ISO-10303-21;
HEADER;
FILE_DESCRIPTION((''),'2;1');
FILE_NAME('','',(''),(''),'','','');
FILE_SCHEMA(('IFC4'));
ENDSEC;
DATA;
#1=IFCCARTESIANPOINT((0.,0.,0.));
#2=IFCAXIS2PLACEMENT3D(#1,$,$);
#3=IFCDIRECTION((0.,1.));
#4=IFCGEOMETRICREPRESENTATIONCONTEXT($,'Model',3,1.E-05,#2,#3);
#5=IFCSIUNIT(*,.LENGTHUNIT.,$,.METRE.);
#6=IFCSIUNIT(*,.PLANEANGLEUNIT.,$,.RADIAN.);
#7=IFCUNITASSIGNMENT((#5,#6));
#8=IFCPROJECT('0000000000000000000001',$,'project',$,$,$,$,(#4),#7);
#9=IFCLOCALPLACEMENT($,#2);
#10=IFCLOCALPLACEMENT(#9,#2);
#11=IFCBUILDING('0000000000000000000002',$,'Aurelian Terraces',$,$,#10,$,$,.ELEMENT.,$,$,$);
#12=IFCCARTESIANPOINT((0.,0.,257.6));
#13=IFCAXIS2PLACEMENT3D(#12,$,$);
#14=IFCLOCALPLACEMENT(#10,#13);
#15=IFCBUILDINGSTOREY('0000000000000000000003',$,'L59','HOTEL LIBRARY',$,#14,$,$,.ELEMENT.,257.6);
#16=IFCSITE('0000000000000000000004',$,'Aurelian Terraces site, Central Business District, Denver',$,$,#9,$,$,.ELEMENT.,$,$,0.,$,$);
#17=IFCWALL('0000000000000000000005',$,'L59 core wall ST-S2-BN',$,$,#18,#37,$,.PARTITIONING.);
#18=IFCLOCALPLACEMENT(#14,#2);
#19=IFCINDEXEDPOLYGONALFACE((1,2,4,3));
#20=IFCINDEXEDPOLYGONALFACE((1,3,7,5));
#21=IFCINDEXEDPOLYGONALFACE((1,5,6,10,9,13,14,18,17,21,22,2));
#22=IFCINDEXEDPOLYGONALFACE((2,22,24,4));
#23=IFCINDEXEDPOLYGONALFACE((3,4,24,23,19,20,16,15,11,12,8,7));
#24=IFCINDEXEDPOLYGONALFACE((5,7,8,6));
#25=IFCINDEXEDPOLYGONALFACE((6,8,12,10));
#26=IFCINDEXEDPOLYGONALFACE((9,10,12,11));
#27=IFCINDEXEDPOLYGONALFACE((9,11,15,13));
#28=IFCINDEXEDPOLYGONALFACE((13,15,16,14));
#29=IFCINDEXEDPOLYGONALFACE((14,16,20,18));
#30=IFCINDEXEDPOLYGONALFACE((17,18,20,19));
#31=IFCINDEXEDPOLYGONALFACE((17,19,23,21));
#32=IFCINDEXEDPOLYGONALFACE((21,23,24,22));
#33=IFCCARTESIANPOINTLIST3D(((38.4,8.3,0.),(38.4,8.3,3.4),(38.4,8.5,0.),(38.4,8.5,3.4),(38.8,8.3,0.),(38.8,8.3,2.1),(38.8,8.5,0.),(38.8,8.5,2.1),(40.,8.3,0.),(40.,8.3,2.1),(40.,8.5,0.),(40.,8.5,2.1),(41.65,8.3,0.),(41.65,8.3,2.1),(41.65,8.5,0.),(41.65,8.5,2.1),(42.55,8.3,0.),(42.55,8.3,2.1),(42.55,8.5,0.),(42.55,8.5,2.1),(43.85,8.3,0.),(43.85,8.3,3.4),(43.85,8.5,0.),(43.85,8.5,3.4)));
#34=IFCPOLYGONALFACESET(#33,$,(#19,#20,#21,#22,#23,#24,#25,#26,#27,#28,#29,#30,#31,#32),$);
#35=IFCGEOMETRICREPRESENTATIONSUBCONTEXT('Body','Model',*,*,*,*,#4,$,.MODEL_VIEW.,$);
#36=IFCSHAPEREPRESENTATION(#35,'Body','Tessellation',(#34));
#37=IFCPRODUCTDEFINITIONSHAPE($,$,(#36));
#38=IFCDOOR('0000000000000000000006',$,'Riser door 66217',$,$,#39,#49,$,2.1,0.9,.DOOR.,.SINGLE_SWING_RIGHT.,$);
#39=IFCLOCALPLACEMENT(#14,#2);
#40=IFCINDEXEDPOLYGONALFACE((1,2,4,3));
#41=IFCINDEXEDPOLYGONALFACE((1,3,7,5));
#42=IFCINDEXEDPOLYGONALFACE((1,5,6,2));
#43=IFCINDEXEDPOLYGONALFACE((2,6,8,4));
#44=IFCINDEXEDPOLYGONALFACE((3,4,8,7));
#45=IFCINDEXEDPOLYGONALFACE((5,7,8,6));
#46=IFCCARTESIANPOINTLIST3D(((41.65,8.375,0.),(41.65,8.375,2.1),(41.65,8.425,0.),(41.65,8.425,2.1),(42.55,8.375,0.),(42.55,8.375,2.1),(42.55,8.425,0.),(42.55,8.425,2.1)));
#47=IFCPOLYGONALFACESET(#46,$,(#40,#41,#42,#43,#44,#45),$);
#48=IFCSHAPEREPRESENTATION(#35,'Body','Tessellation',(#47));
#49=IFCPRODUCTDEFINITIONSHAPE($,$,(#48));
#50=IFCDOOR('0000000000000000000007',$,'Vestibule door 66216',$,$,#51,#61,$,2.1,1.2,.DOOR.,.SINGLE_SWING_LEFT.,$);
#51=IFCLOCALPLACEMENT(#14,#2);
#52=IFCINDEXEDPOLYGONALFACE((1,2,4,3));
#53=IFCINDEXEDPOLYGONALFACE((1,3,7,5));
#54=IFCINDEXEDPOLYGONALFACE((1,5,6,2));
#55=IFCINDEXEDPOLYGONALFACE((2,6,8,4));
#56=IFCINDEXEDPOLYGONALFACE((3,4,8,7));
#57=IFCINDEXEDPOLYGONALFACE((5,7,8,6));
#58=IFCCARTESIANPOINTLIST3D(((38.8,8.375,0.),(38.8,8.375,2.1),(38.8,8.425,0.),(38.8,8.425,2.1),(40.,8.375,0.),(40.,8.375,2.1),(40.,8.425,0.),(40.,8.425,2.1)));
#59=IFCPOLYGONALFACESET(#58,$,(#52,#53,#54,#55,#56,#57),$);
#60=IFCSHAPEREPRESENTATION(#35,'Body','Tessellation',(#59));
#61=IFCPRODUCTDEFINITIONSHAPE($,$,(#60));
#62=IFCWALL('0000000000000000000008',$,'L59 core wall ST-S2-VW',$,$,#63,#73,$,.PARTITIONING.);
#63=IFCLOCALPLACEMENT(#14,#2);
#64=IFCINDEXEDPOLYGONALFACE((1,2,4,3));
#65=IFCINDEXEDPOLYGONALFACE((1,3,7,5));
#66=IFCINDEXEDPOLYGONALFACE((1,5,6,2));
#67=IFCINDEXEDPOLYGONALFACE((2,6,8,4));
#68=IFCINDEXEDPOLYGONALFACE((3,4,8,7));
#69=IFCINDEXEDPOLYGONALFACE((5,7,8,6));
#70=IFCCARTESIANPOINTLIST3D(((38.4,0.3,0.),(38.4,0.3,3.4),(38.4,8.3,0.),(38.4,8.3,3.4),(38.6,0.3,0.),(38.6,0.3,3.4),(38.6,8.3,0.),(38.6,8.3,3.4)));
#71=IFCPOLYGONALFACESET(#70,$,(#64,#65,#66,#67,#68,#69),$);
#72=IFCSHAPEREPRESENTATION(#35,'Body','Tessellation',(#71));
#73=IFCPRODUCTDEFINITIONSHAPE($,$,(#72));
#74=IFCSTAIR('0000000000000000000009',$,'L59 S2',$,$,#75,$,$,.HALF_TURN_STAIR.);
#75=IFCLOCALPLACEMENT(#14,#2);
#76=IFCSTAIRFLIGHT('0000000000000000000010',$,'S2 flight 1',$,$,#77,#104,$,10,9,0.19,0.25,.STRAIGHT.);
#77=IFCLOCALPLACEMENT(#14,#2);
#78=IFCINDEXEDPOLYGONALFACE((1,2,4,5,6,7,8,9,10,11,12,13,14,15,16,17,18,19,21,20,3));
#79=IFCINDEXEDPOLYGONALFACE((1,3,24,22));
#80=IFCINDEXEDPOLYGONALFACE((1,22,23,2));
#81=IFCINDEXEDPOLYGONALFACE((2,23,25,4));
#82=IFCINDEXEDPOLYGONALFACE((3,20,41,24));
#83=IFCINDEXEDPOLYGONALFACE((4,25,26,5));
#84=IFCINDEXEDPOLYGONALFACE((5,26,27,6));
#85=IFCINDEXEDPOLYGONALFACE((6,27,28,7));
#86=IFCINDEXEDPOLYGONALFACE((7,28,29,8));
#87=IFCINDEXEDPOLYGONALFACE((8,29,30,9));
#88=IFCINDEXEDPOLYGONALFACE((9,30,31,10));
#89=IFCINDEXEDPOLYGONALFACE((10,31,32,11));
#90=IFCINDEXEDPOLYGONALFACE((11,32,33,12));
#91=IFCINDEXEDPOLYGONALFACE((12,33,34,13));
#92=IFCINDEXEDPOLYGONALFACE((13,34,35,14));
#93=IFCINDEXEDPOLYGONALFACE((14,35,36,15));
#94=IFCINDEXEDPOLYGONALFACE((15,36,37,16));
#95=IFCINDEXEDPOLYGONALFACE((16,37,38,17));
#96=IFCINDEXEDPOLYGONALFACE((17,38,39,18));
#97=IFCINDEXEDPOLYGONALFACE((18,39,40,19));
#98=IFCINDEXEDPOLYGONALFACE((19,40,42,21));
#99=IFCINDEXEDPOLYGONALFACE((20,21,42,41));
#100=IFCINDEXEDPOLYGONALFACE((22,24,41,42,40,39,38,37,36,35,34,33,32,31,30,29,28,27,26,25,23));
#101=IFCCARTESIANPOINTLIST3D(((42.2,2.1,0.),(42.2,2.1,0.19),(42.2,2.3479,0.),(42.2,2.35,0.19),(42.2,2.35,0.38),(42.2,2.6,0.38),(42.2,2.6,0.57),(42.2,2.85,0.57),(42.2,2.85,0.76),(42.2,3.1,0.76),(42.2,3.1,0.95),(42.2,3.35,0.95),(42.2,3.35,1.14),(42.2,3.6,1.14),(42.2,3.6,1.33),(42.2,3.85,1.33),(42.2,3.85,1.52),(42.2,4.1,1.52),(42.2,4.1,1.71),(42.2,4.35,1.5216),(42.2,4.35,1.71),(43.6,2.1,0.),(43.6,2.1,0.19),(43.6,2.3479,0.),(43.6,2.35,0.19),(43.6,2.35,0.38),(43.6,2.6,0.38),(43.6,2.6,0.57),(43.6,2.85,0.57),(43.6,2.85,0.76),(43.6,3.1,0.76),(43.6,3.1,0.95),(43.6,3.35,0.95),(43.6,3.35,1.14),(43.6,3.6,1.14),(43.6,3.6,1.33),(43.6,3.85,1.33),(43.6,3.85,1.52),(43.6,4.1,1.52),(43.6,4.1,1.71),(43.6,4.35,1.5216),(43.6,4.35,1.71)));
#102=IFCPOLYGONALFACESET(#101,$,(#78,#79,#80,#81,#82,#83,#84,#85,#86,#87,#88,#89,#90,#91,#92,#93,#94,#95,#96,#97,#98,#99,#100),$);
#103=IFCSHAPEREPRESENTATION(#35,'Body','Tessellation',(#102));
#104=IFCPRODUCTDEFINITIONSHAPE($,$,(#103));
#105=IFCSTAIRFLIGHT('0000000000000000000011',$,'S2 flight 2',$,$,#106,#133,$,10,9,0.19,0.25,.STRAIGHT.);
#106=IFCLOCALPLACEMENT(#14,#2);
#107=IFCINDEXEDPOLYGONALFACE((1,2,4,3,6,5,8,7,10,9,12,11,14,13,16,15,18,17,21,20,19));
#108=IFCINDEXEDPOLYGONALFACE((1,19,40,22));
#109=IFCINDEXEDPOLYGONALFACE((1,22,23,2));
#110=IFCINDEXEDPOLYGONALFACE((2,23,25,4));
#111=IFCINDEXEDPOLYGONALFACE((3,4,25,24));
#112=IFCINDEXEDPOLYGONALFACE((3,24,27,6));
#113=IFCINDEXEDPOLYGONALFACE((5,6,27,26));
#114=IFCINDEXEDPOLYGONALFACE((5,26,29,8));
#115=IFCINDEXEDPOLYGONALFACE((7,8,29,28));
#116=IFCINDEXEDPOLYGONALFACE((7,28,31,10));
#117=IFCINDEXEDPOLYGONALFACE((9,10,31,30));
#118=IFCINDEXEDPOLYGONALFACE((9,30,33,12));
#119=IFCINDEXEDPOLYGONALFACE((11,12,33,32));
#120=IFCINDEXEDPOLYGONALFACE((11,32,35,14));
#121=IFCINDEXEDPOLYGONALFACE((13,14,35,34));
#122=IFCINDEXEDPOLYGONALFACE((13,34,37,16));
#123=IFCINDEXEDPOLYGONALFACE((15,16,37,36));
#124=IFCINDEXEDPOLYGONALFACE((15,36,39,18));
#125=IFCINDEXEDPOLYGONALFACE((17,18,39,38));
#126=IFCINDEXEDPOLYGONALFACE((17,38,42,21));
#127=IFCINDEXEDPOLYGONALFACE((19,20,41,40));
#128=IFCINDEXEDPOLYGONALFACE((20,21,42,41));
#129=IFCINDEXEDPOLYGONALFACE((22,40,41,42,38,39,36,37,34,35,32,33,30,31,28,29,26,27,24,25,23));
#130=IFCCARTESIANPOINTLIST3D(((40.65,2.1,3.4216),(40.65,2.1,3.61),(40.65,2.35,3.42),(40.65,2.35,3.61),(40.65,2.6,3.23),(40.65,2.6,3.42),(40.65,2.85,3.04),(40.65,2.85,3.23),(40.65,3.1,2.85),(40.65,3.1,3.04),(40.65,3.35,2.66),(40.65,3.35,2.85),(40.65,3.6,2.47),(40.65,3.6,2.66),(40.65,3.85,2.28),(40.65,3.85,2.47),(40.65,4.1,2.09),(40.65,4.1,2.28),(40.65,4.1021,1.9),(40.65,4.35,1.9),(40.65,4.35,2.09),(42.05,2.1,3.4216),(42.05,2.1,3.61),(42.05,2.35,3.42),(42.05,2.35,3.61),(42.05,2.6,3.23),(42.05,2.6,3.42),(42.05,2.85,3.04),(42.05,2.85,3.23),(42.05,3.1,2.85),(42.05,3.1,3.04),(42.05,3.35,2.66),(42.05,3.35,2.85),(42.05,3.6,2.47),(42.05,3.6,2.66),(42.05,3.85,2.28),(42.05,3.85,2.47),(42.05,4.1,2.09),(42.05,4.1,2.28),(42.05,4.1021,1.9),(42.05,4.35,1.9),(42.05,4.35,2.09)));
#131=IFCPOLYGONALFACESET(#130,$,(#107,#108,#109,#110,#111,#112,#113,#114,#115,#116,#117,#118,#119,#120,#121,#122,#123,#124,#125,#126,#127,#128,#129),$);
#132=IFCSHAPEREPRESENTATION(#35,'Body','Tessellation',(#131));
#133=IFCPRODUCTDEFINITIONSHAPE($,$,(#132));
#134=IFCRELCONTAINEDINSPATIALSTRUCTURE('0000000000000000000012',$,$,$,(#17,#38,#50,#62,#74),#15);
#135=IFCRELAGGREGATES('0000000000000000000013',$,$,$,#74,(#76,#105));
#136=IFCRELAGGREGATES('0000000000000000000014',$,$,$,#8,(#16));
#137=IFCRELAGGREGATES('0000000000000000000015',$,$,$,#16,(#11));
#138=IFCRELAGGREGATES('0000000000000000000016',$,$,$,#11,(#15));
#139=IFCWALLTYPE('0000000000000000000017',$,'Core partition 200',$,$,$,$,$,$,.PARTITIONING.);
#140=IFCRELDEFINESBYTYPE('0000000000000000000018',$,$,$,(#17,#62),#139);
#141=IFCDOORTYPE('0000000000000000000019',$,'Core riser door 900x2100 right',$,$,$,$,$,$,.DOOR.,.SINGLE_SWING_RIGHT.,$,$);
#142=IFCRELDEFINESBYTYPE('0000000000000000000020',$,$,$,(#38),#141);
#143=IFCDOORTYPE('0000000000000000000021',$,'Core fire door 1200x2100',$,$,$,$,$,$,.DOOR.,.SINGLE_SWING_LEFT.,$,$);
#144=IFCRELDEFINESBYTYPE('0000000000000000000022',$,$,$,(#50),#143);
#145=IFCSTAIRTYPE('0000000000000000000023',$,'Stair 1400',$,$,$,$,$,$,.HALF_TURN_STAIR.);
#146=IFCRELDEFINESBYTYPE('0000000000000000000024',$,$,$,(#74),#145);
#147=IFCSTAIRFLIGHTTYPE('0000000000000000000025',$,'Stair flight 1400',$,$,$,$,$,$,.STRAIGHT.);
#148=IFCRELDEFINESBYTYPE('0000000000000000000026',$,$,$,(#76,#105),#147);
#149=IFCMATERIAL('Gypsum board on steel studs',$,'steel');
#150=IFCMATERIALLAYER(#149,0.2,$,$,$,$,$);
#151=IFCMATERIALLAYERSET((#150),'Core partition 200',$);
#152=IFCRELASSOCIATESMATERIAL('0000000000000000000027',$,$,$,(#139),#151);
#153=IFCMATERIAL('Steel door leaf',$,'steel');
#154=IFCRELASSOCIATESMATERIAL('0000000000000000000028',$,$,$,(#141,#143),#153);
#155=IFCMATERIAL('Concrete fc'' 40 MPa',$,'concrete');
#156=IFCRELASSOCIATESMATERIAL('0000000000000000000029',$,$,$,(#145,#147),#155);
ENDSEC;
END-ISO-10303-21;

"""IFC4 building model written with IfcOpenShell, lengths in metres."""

from ifc_helpers import new_model, si_unit, direction, frame, frame_2d, origin, place, context, subcontext, project, spatial, polyline, rectangle, outline, extrude, source, transform, mapped, material, layer, layer_set, type_object, element, fill, aggregate, save


model = new_model("IFC4")

# Units and contexts
model_context = context("Model", 3, precision=1e-05, world=origin(), true_north=direction((0.0, 1.0)))
body_context = subcontext(model_context, "Body", "Model", "MODEL_VIEW")
ifc_project = project(units=[si_unit("LENGTHUNIT", "METRE"), si_unit("PLANEANGLEUNIT", "RADIAN")], contexts=[model_context])

# Site, building, storey
site_placement = place(None, origin())
site = spatial("IfcSite", under=ifc_project, at=site_placement, Name="Aurelian Terraces site, Central Business District, Denver", CompositionType="ELEMENT", RefElevation=0.0)
building_placement = place(site_placement, origin())
building = spatial("IfcBuilding", under=site, at=building_placement, Name="Aurelian Terraces", CompositionType="ELEMENT")
storey_placement = place(building_placement, frame((0.0, 0.0, 257.6)))
storey = spatial("IfcBuildingStorey", under=building, at=storey_placement, Name="L59", Description="HOTEL LIBRARY", CompositionType="ELEMENT", Elevation=257.6)

# Shared definitions
ifc_material_1 = material(Name="Concrete fc' 40 MPa", Category="concrete")

# Shared definitions
ifc_material_2 = material(Name="Steel door leaf", Category="steel")

# Wall, openings, doors
ifc_material_3 = material(Name="Gypsum board on steel studs", Category="steel")
ifc_layer_1 = layer(ifc_material_3, 0.2)
ifc_layer_set_1 = layer_set([ifc_layer_1], Name="Core partition 200")
wall_type_1 = type_object("IfcWallType", Name="Core partition 200", PredefinedType="PARTITIONING", material=ifc_layer_set_1)
shared_shape_1 = source(origin(), body_context, "Body", "SweptSolid", [
    extrude(rectangle(XDim=5.45, YDim=0.2, at=frame_2d((2.725, 0.0))), origin(), (0.0, 0.0, 1.0), 3.4),
])
wall_1_placement = place(storey_placement, frame((38.4, 8.4, 0.0), z_axis=(0.0, 0.0, 1.0), x_axis=(1.0, 0.0, 0.0)))
wall_1 = element("IfcWall", 1, at=wall_1_placement, inside=storey, type_object=wall_type_1, Name="L59 core wall ST-S2-BN", PredefinedType="PARTITIONING", context=body_context, shape_type="MappedRepresentation", body=[
    mapped(shared_shape_1, transform((0.0, 0.0, 0.0), scale=1.0)),
])
shared_shape_2 = source(origin(), body_context, "Body", "SweptSolid", [
    extrude(rectangle(XDim=1.2, YDim=2.1, at=frame_2d((0.6, 1.05))), frame((0.0, 0.11, 0.0), z_axis=(0.0, -1.0, 0.0), x_axis=(1.0, 0.0, 0.0)), (0.0, 0.0, 1.0), 0.22),
])
opening_1_placement = place(wall_1_placement, frame((0.4, 0.0, 0.0)))
opening_1 = element("IfcOpeningElement", 2, at=opening_1_placement, cuts=wall_1, PredefinedType="OPENING", context=body_context, shape_type="MappedRepresentation", body=[
    mapped(shared_shape_2, transform((0.0, 0.0, 0.0), scale=1.0)),
])
shared_shape_3 = source(origin(), body_context, "Body", "SweptSolid", [
    extrude(rectangle(XDim=0.9, YDim=2.1, at=frame_2d((0.45, 1.05))), frame((0.0, 0.11, 0.0), z_axis=(0.0, -1.0, 0.0), x_axis=(1.0, 0.0, 0.0)), (0.0, 0.0, 1.0), 0.22),
])
opening_2_placement = place(wall_1_placement, frame((3.25, 0.0, 0.0)))
opening_2 = element("IfcOpeningElement", 3, at=opening_2_placement, cuts=wall_1, PredefinedType="OPENING", context=body_context, shape_type="MappedRepresentation", body=[
    mapped(shared_shape_3, transform((0.0, 0.0, 0.0), scale=1.0)),
])
door_type_1 = type_object("IfcDoorType", Name="Core riser door 900x2100 right", OperationType="SINGLE_SWING_RIGHT", PredefinedType="DOOR", material=ifc_material_2)
shared_shape_4 = source(origin(), body_context, "Body", "SweptSolid", [
    extrude(rectangle(XDim=0.9, YDim=2.1, at=frame_2d((0.45, 1.05))), frame((0.0, 0.025, 0.0), z_axis=(0.0, -1.0, 0.0), x_axis=(1.0, 0.0, 0.0)), (0.0, 0.0, 1.0), 0.05),
])
door_1_placement = place(opening_2_placement, origin())
door_1 = element("IfcDoor", 4, at=door_1_placement, inside=storey, type_object=door_type_1, Name="Riser door 66217", OperationType="SINGLE_SWING_RIGHT", OverallHeight=2.1, OverallWidth=0.9, PredefinedType="DOOR", context=body_context, shape_type="MappedRepresentation", body=[
    mapped(shared_shape_4, transform((0.0, 0.0, 0.0), scale=1.0)),
])
fill(opening_2, door_1)
door_type_2 = type_object("IfcDoorType", Name="Core fire door 1200x2100", OperationType="SINGLE_SWING_LEFT", PredefinedType="DOOR", material=ifc_material_2)
shared_shape_5 = source(origin(), body_context, "Body", "SweptSolid", [
    extrude(rectangle(XDim=1.2, YDim=2.1, at=frame_2d((0.6, 1.05))), frame((0.0, 0.025, 0.0), z_axis=(0.0, -1.0, 0.0), x_axis=(1.0, 0.0, 0.0)), (0.0, 0.0, 1.0), 0.05),
])
door_2_placement = place(opening_1_placement, origin())
door_2 = element("IfcDoor", 5, at=door_2_placement, inside=storey, type_object=door_type_2, Name="Vestibule door 66216", OperationType="SINGLE_SWING_LEFT", OverallHeight=2.1, OverallWidth=1.2, PredefinedType="DOOR", context=body_context, shape_type="MappedRepresentation", body=[
    mapped(shared_shape_5, transform((0.0, 0.0, 0.0), scale=1.0)),
])
fill(opening_1, door_2)

# Wall
shared_shape_6 = source(origin(), body_context, "Body", "SweptSolid", [
    extrude(rectangle(XDim=8.0, YDim=0.2, at=frame_2d((4.0, 0.0))), origin(), (0.0, 0.0, 1.0), 3.4),
])
wall_2_placement = place(storey_placement, frame((38.5, 0.3, 0.0), z_axis=(0.0, 0.0, 1.0), x_axis=(0.0, 1.0, 0.0)))
element("IfcWall", 6, at=wall_2_placement, inside=storey, type_object=wall_type_1, Name="L59 core wall ST-S2-VW", PredefinedType="PARTITIONING", context=body_context, shape_type="MappedRepresentation", body=[
    mapped(shared_shape_6, transform((0.0, 0.0, 0.0), scale=1.0)),
])

# Stair, stair flights
stair_type = type_object("IfcStairType", Name="Stair 1400", PredefinedType="HALF_TURN_STAIR", material=ifc_material_1)
stair_placement = place(storey_placement, origin())
stair = element("IfcStair", 7, at=stair_placement, inside=storey, type_object=stair_type, Name="L59 S2", PredefinedType="HALF_TURN_STAIR")
stair_flight_type = type_object("IfcStairFlightType", Name="Stair flight 1400", PredefinedType="STRAIGHT", material=ifc_material_1)
shared_shape_7 = source(origin(), body_context, "Body", "SweptSolid", [
    extrude(outline(polyline([(0.0, 0.0), (0.0, 0.19), (0.25, 0.19), (0.25, 0.38), (0.5, 0.38), (0.5, 0.57), (0.75, 0.57), (0.75, 0.76), (1.0, 0.76), (1.0, 0.95), (1.25, 0.95), (1.25, 1.14), (1.5, 1.14), (1.5, 1.33), (1.75, 1.33), (1.75, 1.52), (2.0, 1.52), (2.0, 1.71), (2.25, 1.71), (2.25, 1.9), (2.25, 1.5216), (0.2479, 0.0), (0.0, 0.0)])), frame((0.0, 0.7, 0.0), z_axis=(0.0, -1.0, 0.0), x_axis=(1.0, 0.0, 0.0)), (0.0, 0.0, 1.0), 1.4),
])
stair_flight_1_placement = place(storey_placement, frame((42.9, 2.1, 0.0), z_axis=(0.0, 0.0, 1.0), x_axis=(0.0, 1.0, 0.0)))
stair_flight_1 = element("IfcStairFlight", 8, at=stair_flight_1_placement, type_object=stair_flight_type, Name="S2 flight 1", NumberOfRisers=10, NumberOfTreads=9, PredefinedType="STRAIGHT", RiserHeight=0.19, TreadLength=0.25, context=body_context, shape_type="MappedRepresentation", body=[
    mapped(shared_shape_7, transform((0.0, 0.0, 0.0), scale=1.0)),
])
stair_flight_2_placement = place(storey_placement, frame((41.35, 4.35, 1.9), z_axis=(0.0, 0.0, 1.0), x_axis=(0.0, -1.0, 0.0)))
stair_flight_2 = element("IfcStairFlight", 9, at=stair_flight_2_placement, type_object=stair_flight_type, Name="S2 flight 2", NumberOfRisers=10, NumberOfTreads=9, PredefinedType="STRAIGHT", RiserHeight=0.19, TreadLength=0.25, context=body_context, shape_type="MappedRepresentation", body=[
    mapped(shared_shape_7, transform((0.0, 0.0, 0.0), scale=1.0)),
])
aggregate(stair, [stair_flight_1, stair_flight_2])

save(model, "model.ifc")
